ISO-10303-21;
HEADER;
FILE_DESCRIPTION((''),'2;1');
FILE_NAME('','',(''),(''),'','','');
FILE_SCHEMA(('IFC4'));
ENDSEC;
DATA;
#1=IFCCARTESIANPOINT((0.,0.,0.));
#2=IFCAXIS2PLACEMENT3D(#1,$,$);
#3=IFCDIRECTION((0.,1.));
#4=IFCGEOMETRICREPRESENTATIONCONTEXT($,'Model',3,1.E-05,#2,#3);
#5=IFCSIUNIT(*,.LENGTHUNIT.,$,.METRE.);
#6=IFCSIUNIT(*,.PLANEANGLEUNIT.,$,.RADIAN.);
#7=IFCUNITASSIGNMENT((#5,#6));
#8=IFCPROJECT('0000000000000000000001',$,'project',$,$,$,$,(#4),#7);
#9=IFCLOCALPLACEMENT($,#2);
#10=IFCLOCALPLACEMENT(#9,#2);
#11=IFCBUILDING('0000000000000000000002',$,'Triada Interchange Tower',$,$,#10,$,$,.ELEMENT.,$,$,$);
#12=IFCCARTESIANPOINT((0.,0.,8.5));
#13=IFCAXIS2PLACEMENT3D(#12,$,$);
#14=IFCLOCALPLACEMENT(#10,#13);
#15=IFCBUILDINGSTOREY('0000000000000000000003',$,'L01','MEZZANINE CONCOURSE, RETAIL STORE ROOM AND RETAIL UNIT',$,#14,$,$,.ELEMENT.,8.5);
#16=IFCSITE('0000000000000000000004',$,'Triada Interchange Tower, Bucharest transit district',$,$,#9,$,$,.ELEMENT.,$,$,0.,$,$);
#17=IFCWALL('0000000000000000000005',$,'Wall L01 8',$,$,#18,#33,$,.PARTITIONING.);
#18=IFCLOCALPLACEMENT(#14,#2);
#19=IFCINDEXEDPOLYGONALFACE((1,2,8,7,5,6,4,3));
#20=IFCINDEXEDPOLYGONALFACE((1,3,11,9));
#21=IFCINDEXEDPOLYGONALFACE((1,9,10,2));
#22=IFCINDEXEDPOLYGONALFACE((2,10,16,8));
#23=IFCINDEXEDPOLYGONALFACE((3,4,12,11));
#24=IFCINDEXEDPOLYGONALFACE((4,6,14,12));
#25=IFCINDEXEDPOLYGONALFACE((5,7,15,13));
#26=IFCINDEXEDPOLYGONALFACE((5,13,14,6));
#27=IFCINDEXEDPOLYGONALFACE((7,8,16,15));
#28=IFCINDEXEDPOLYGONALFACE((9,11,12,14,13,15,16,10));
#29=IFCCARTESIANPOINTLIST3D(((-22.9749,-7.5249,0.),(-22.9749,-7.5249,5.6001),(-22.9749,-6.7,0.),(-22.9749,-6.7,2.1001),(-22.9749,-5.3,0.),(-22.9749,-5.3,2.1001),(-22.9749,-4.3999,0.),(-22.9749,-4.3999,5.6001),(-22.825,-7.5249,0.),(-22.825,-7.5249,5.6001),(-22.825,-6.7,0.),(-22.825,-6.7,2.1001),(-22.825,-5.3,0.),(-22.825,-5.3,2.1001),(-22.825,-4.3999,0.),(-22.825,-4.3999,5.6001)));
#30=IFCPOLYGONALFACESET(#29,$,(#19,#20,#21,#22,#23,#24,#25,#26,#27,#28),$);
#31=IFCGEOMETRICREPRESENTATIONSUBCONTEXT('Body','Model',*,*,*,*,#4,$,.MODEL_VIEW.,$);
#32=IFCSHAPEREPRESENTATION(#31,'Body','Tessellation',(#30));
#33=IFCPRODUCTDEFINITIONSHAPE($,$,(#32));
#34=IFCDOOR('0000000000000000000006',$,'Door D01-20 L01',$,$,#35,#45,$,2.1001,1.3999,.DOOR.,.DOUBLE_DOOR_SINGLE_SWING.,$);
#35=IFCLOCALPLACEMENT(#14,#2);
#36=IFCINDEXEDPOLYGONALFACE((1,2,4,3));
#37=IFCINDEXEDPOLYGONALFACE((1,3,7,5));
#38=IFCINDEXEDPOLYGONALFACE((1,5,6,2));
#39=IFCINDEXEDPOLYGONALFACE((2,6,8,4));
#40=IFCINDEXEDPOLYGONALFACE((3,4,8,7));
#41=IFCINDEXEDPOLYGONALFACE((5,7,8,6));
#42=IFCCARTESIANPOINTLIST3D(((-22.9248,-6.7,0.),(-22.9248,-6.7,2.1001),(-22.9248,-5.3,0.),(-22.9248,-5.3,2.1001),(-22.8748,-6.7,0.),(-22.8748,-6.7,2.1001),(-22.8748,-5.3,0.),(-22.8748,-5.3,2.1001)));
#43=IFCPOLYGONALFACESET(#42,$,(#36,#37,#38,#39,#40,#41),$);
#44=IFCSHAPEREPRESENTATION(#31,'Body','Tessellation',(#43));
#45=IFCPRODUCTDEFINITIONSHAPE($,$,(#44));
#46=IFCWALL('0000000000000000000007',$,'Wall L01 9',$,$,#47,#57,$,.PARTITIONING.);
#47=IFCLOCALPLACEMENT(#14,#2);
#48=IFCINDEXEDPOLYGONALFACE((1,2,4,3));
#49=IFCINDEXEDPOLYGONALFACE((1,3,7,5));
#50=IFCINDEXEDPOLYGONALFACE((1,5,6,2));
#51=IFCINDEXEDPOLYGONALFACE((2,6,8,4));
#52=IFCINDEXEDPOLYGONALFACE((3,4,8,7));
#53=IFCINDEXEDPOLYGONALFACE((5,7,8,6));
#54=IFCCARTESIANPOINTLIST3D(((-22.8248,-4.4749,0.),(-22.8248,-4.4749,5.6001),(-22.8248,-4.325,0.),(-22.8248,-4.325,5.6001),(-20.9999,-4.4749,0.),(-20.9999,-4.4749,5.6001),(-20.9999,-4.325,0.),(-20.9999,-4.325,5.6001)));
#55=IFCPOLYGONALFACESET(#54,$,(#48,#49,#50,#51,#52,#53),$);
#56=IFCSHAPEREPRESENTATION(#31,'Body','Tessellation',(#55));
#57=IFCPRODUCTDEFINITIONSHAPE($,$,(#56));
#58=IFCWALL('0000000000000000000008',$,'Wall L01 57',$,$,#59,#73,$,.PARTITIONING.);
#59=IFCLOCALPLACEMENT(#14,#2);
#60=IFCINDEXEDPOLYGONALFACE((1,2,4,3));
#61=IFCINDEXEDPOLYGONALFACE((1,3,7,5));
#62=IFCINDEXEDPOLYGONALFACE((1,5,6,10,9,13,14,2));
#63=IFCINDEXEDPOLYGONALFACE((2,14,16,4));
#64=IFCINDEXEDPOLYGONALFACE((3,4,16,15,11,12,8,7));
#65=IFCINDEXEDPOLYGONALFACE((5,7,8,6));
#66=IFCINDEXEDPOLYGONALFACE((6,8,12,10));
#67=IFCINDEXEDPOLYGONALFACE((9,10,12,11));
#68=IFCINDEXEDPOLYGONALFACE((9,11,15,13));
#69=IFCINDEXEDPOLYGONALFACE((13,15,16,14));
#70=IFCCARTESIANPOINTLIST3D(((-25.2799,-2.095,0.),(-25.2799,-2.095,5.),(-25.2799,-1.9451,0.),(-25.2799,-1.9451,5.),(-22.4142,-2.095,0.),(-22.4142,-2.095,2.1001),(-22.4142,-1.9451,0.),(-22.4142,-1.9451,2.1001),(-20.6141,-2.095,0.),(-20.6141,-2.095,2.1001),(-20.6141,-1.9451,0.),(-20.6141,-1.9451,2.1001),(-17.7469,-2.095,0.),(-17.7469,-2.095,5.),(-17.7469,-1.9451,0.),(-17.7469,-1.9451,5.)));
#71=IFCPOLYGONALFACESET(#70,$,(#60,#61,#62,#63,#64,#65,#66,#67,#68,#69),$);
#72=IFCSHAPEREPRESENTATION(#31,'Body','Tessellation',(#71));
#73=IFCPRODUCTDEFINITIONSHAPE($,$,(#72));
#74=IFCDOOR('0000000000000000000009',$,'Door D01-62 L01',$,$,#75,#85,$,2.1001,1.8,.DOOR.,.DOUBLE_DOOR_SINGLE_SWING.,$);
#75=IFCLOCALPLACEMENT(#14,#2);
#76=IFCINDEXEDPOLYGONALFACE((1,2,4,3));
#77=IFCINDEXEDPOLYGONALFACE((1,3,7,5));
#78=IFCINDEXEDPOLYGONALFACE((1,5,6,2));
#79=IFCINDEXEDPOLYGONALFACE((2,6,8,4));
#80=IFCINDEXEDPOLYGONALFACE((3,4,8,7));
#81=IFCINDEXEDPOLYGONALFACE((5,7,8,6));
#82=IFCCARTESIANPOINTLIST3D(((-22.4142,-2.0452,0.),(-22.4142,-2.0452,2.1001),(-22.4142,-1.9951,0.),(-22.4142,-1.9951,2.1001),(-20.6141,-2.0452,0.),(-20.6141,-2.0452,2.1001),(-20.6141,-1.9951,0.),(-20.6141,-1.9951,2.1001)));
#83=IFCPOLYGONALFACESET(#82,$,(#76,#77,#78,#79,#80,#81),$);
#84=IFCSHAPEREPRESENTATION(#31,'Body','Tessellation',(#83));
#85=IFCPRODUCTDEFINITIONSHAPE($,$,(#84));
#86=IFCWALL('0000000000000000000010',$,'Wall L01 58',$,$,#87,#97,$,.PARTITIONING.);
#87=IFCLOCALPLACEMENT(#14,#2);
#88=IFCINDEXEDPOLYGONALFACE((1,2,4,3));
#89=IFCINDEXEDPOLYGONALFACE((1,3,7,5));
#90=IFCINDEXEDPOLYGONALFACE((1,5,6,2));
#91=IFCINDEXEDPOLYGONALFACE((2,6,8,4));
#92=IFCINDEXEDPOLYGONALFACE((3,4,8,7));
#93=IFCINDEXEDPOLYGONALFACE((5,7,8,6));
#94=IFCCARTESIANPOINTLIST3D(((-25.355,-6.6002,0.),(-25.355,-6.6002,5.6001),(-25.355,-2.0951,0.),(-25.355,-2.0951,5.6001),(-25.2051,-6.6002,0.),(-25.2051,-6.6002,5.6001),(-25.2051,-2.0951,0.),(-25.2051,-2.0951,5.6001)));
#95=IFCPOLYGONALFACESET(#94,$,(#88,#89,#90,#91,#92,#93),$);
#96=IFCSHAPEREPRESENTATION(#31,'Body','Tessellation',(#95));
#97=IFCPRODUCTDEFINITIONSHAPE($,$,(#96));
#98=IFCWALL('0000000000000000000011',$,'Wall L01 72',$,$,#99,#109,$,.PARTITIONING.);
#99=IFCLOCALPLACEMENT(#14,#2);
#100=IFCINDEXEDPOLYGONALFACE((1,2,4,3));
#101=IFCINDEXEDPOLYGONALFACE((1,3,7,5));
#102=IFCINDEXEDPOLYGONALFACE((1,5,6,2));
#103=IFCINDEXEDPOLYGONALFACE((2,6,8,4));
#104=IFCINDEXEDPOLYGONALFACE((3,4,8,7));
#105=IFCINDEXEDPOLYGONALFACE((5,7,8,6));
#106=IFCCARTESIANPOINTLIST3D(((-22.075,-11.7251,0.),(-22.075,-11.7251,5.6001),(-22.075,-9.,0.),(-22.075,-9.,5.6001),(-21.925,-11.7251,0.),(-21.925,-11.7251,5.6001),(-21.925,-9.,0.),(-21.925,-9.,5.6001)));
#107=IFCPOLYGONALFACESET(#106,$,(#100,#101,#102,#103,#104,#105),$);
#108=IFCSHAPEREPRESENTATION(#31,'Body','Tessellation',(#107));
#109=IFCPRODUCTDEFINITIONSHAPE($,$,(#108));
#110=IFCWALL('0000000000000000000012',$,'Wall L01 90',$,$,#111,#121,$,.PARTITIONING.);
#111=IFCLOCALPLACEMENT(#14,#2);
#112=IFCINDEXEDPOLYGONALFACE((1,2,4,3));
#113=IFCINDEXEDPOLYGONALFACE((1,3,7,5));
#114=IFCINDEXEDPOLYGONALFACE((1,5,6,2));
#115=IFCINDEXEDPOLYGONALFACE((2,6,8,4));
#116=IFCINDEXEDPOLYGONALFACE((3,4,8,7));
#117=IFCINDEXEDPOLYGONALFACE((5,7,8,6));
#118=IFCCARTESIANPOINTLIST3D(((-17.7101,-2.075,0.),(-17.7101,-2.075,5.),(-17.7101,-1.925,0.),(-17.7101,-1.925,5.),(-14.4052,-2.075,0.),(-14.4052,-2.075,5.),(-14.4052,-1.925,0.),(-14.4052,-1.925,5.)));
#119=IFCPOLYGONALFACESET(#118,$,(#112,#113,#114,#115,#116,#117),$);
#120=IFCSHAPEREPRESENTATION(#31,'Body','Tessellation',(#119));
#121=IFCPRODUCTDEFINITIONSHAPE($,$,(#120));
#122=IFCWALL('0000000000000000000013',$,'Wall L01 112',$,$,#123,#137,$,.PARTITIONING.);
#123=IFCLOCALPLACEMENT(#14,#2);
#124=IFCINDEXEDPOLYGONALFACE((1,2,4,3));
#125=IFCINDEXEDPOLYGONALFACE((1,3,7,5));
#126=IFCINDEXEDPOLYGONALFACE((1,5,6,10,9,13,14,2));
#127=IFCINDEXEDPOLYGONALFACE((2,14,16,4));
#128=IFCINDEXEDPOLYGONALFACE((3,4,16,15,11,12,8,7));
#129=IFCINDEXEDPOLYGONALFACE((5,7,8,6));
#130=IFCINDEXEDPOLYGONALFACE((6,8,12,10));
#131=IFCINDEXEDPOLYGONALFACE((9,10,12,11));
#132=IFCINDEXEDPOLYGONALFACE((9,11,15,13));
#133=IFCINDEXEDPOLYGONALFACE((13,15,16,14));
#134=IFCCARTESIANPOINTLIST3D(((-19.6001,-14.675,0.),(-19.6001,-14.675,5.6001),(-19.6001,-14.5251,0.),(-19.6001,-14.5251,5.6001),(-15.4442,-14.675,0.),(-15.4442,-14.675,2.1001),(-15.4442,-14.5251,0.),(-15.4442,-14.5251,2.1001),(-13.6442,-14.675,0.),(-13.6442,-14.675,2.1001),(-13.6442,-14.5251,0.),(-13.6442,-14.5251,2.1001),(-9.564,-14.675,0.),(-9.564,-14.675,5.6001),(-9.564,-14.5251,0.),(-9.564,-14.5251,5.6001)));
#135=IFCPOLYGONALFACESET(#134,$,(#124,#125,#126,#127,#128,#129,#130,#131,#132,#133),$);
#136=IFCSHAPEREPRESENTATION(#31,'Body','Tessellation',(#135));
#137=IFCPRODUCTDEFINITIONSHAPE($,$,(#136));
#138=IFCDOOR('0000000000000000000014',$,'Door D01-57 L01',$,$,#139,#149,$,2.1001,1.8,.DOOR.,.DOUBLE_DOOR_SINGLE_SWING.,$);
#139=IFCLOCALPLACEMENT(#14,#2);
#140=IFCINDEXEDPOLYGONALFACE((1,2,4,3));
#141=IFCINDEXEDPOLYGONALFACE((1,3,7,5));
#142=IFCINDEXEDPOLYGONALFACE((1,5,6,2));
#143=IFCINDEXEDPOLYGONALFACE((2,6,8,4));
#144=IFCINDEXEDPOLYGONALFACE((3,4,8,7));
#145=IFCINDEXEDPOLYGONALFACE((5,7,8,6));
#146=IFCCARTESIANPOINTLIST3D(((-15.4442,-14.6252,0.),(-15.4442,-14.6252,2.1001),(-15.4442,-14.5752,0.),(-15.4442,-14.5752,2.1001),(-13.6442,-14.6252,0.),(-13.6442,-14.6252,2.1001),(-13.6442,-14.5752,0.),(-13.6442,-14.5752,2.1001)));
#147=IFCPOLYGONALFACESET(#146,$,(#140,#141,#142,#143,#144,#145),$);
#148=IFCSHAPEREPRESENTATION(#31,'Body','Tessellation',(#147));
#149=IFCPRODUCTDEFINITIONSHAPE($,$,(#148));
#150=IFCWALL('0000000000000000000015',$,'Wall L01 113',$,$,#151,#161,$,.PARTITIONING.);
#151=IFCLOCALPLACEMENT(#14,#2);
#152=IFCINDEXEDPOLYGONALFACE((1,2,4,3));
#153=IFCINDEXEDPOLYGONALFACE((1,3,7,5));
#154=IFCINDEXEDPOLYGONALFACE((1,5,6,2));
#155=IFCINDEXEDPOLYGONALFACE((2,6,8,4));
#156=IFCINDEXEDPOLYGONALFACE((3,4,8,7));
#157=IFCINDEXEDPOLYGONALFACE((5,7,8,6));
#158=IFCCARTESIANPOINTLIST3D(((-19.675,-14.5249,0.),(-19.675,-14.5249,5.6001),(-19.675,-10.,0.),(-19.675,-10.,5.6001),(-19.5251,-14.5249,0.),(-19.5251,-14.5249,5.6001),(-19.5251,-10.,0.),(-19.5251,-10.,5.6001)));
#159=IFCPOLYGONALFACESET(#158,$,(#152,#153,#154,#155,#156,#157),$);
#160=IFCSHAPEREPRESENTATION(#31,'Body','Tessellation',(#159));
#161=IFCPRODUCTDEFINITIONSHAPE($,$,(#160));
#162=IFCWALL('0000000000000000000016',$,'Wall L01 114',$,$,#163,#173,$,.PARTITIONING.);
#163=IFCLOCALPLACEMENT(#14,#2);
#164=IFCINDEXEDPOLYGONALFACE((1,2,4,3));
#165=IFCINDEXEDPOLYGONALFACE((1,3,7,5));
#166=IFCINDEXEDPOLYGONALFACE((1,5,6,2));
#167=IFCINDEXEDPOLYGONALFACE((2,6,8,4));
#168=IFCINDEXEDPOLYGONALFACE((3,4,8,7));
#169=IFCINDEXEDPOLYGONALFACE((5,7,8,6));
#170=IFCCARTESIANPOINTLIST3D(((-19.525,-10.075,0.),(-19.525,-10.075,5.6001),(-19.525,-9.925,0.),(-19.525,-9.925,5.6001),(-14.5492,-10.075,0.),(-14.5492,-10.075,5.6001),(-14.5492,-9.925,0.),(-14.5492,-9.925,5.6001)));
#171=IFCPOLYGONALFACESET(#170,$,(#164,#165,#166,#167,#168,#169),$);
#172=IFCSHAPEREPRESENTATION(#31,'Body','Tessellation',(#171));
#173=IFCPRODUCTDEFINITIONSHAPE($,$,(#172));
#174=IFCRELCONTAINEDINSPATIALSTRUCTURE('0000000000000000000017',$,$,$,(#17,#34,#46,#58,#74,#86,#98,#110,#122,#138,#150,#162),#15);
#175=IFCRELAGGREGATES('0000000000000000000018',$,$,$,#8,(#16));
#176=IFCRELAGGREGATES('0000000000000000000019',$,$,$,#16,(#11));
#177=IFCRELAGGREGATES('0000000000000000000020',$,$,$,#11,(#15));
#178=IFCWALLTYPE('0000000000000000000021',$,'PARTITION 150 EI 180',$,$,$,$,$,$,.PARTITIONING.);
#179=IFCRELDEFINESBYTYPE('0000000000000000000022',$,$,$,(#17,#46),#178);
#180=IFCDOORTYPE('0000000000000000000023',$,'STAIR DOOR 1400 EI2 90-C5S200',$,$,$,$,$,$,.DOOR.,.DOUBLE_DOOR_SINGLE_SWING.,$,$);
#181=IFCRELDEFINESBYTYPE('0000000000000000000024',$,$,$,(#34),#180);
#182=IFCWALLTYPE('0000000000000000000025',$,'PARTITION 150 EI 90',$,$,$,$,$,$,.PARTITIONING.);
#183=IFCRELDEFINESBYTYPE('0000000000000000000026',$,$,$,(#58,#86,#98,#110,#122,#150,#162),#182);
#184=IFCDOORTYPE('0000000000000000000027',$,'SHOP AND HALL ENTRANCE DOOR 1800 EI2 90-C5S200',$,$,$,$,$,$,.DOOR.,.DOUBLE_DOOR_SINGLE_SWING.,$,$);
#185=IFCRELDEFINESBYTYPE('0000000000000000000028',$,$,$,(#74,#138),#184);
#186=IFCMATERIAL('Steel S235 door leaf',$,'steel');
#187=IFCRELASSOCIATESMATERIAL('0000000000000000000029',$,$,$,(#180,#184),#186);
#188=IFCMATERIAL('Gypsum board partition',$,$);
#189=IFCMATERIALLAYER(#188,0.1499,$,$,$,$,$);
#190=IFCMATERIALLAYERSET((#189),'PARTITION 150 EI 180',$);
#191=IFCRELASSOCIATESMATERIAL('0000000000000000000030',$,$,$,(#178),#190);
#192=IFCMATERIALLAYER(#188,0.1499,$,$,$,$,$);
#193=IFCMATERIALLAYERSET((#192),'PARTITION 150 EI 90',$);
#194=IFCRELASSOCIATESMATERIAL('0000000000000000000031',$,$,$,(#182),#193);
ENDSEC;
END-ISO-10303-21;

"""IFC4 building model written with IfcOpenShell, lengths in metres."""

from ifc_helpers import new_model, si_unit, direction, frame, frame_2d, origin, place, context, subcontext, project, spatial, rectangle, extrude, material, layer, layer_set, type_object, element, fill, save


model = new_model("IFC4")

# Units and contexts
model_context = context("Model", 3, precision=1e-05, world=origin(), true_north=direction((0.0, 1.0)))
body_context = subcontext(model_context, "Body", "Model", "MODEL_VIEW")
ifc_project = project(units=[si_unit("LENGTHUNIT", "METRE"), si_unit("PLANEANGLEUNIT", "RADIAN")], contexts=[model_context])

# Site, building, storey
site_placement = place(None, origin())
site = spatial("IfcSite", under=ifc_project, at=site_placement, Name="Triada Interchange Tower, Bucharest transit district", CompositionType="ELEMENT", RefElevation=0.0)
building_placement = place(site_placement, origin())
building = spatial("IfcBuilding", under=site, at=building_placement, Name="Triada Interchange Tower", CompositionType="ELEMENT")
storey_placement = place(building_placement, frame((0.0, 0.0, 8.5)))
storey = spatial("IfcBuildingStorey", under=building, at=storey_placement, Name="L01", Description="MEZZANINE CONCOURSE, RETAIL STORE ROOM AND RETAIL UNIT", CompositionType="ELEMENT", Elevation=8.5)

# Shared definitions
ifc_material_1 = material(Name="Steel S235 door leaf", Category="steel")
door_type_1 = type_object("IfcDoorType", Name="STAIR DOOR 1400 EI2 90-C5S200", OperationType="DOUBLE_DOOR_SINGLE_SWING", PredefinedType="DOOR", material=ifc_material_1)

# Shared definitions
ifc_material_2 = material(Name="Gypsum board partition")
ifc_layer_1 = layer(ifc_material_2, 0.1499)
ifc_layer_set_1 = layer_set([ifc_layer_1], Name="PARTITION 150 EI 180")
wall_type_1 = type_object("IfcWallType", Name="PARTITION 150 EI 180", PredefinedType="PARTITIONING", material=ifc_layer_set_1)

# Wall, opening, door
wall_1_placement = place(storey_placement, frame((-22.8999, -7.5249, 0.0), z_axis=(0.0, 0.0, 1.0), x_axis=(0.0, 1.0, 0.0)))
wall_1 = element("IfcWall", 1, at=wall_1_placement, inside=storey, type_object=wall_type_1, Name="Wall L01 8", PredefinedType="PARTITIONING", context=body_context, shape_type="SweptSolid", body=[
    extrude(rectangle(XDim=3.125, YDim=0.1499, at=frame_2d((1.5625, 0.0))), origin(), (0.0, 0.0, 1.0), 5.6001),
])
opening_1_placement = place(wall_1_placement, frame((0.825, 0.0, 0.0)))
opening_1 = element("IfcOpeningElement", 2, at=opening_1_placement, cuts=wall_1, PredefinedType="OPENING", context=body_context, shape_type="SweptSolid", body=[
    extrude(rectangle(XDim=1.3999, YDim=2.1001, at=frame_2d((0.7, 1.05))), frame((0.0, 0.085, 0.0), z_axis=(0.0, -1.0, 0.0), x_axis=(1.0, 0.0, 0.0)), (0.0, 0.0, 1.0), 0.1699),
])
door_1_placement = place(opening_1_placement, origin())
door_1 = element("IfcDoor", 3, at=door_1_placement, inside=storey, type_object=door_type_1, Name="Door D01-20 L01", OperationType="DOUBLE_DOOR_SINGLE_SWING", OverallHeight=2.1001, OverallWidth=1.3999, PredefinedType="DOOR", context=body_context, shape_type="SweptSolid", body=[
    extrude(rectangle(XDim=1.3999, YDim=2.1001, at=frame_2d((0.7, 1.05))), frame((0.0, 0.0249, 0.0), z_axis=(0.0, -1.0, 0.0), x_axis=(1.0, 0.0, 0.0)), (0.0, 0.0, 1.0), 0.05),
])
fill(opening_1, door_1)

# Wall
wall_2_placement = place(storey_placement, frame((-22.825, -4.3999, 0.0), z_axis=(0.0, 0.0, 1.0), x_axis=(1.0, 0.0, 0.0)))
element("IfcWall", 4, at=wall_2_placement, inside=storey, type_object=wall_type_1, Name="Wall L01 9", PredefinedType="PARTITIONING", context=body_context, shape_type="SweptSolid", body=[
    extrude(rectangle(XDim=1.825, YDim=0.1499, at=frame_2d((0.9126, 0.0))), origin(), (0.0, 0.0, 1.0), 5.6001),
])

# Wall, opening, door
ifc_layer_2 = layer(ifc_material_2, 0.1499)
ifc_layer_set_2 = layer_set([ifc_layer_2], Name="PARTITION 150 EI 90")
wall_type_2 = type_object("IfcWallType", Name="PARTITION 150 EI 90", PredefinedType="PARTITIONING", material=ifc_layer_set_2)
wall_3_placement = place(storey_placement, frame((-25.28, -2.02, 0.0), z_axis=(0.0, 0.0, 1.0), x_axis=(1.0, 0.0, 0.0)))
wall_3 = element("IfcWall", 5, at=wall_3_placement, inside=storey, type_object=wall_type_2, Name="Wall L01 57", PredefinedType="PARTITIONING", context=body_context, shape_type="SweptSolid", body=[
    extrude(rectangle(XDim=7.533, YDim=0.1499, at=frame_2d((3.7666, 0.0))), origin(), (0.0, 0.0, 1.0), 5.0),
])
opening_2_placement = place(wall_3_placement, frame((2.866, 0.0, 0.0)))
opening_2 = element("IfcOpeningElement", 6, at=opening_2_placement, cuts=wall_3, PredefinedType="OPENING", context=body_context, shape_type="SweptSolid", body=[
    extrude(rectangle(XDim=1.8, YDim=2.1001, at=frame_2d((0.8999, 1.05))), frame((0.0, 0.085, 0.0), z_axis=(0.0, -1.0, 0.0), x_axis=(1.0, 0.0, 0.0)), (0.0, 0.0, 1.0), 0.1699),
])
door_type_2 = type_object("IfcDoorType", Name="SHOP AND HALL ENTRANCE DOOR 1800 EI2 90-C5S200", OperationType="DOUBLE_DOOR_SINGLE_SWING", PredefinedType="DOOR", material=ifc_material_1)
door_2_placement = place(opening_2_placement, origin())
door_2 = element("IfcDoor", 7, at=door_2_placement, inside=storey, type_object=door_type_2, Name="Door D01-62 L01", OperationType="DOUBLE_DOOR_SINGLE_SWING", OverallHeight=2.1001, OverallWidth=1.8, PredefinedType="DOOR", context=body_context, shape_type="SweptSolid", body=[
    extrude(rectangle(XDim=1.8, YDim=2.1001, at=frame_2d((0.8999, 1.05))), frame((0.0, 0.0249, 0.0), z_axis=(0.0, -1.0, 0.0), x_axis=(1.0, 0.0, 0.0)), (0.0, 0.0, 1.0), 0.05),
])
fill(opening_2, door_2)

# Walls
wall_4_placement = place(storey_placement, frame((-25.28, -6.6001, 0.0), z_axis=(0.0, 0.0, 1.0), x_axis=(0.0, 1.0, 0.0)))
element("IfcWall", 8, at=wall_4_placement, inside=storey, type_object=wall_type_2, Name="Wall L01 58", PredefinedType="PARTITIONING", context=body_context, shape_type="SweptSolid", body=[
    extrude(rectangle(XDim=4.5051, YDim=0.1499, at=frame_2d((2.2524, 0.0))), origin(), (0.0, 0.0, 1.0), 5.6001),
])
wall_5_placement = place(storey_placement, frame((-22.0, -11.7251, 0.0), z_axis=(0.0, 0.0, 1.0), x_axis=(0.0, 1.0, 0.0)))
element("IfcWall", 9, at=wall_5_placement, inside=storey, type_object=wall_type_2, Name="Wall L01 72", PredefinedType="PARTITIONING", context=body_context, shape_type="SweptSolid", body=[
    extrude(rectangle(XDim=2.7251, YDim=0.1499, at=frame_2d((1.3625, 0.0))), origin(), (0.0, 0.0, 1.0), 5.6001),
])
wall_6_placement = place(storey_placement, frame((-17.71, -2.0, 0.0), z_axis=(0.0, 0.0, 1.0), x_axis=(1.0, 0.0, 0.0)))
element("IfcWall", 10, at=wall_6_placement, inside=storey, type_object=wall_type_2, Name="Wall L01 90", PredefinedType="PARTITIONING", context=body_context, shape_type="SweptSolid", body=[
    extrude(rectangle(XDim=3.3049, YDim=0.1499, at=frame_2d((1.6523, 0.0))), origin(), (0.0, 0.0, 1.0), 5.0),
])

# Wall, opening, door
wall_7_placement = place(storey_placement, frame((-19.6001, -14.6001, 0.0), z_axis=(0.0, 0.0, 1.0), x_axis=(1.0, 0.0, 0.0)))
wall_7 = element("IfcWall", 11, at=wall_7_placement, inside=storey, type_object=wall_type_2, Name="Wall L01 112", PredefinedType="PARTITIONING", context=body_context, shape_type="SweptSolid", body=[
    extrude(rectangle(XDim=10.0361, YDim=0.1499, at=frame_2d((5.0181, 0.0))), origin(), (0.0, 0.0, 1.0), 5.6001),
])
opening_3_placement = place(wall_7_placement, frame((4.156, 0.0, 0.0)))
opening_3 = element("IfcOpeningElement", 12, at=opening_3_placement, cuts=wall_7, PredefinedType="OPENING", context=body_context, shape_type="SweptSolid", body=[
    extrude(rectangle(XDim=1.8, YDim=2.1001, at=frame_2d((0.8999, 1.05))), frame((0.0, 0.085, 0.0), z_axis=(0.0, -1.0, 0.0), x_axis=(1.0, 0.0, 0.0)), (0.0, 0.0, 1.0), 0.1699),
])
door_3_placement = place(opening_3_placement, origin())
door_3 = element("IfcDoor", 13, at=door_3_placement, inside=storey, type_object=door_type_2, Name="Door D01-57 L01", OperationType="DOUBLE_DOOR_SINGLE_SWING", OverallHeight=2.1001, OverallWidth=1.8, PredefinedType="DOOR", context=body_context, shape_type="SweptSolid", body=[
    extrude(rectangle(XDim=1.8, YDim=2.1001, at=frame_2d((0.8999, 1.05))), frame((0.0, 0.0249, 0.0), z_axis=(0.0, -1.0, 0.0), x_axis=(1.0, 0.0, 0.0)), (0.0, 0.0, 1.0), 0.05),
])
fill(opening_3, door_3)

# Walls
wall_8_placement = place(storey_placement, frame((-19.6001, -14.5249, 0.0), z_axis=(0.0, 0.0, 1.0), x_axis=(0.0, 1.0, 0.0)))
element("IfcWall", 14, at=wall_8_placement, inside=storey, type_object=wall_type_2, Name="Wall L01 113", PredefinedType="PARTITIONING", context=body_context, shape_type="SweptSolid", body=[
    extrude(rectangle(XDim=4.5249, YDim=0.1499, at=frame_2d((2.2625, 0.0))), origin(), (0.0, 0.0, 1.0), 5.6001),
])
wall_9_placement = place(storey_placement, frame((-19.5249, -10.0, 0.0), z_axis=(0.0, 0.0, 1.0), x_axis=(1.0, 0.0, 0.0)))
element("IfcWall", 15, at=wall_9_placement, inside=storey, type_object=wall_type_2, Name="Wall L01 114", PredefinedType="PARTITIONING", context=body_context, shape_type="SweptSolid", body=[
    extrude(rectangle(XDim=4.9758, YDim=0.1499, at=frame_2d((2.4878, 0.0))), origin(), (0.0, 0.0, 1.0), 5.6001),
])

save(model, "model.ifc")
